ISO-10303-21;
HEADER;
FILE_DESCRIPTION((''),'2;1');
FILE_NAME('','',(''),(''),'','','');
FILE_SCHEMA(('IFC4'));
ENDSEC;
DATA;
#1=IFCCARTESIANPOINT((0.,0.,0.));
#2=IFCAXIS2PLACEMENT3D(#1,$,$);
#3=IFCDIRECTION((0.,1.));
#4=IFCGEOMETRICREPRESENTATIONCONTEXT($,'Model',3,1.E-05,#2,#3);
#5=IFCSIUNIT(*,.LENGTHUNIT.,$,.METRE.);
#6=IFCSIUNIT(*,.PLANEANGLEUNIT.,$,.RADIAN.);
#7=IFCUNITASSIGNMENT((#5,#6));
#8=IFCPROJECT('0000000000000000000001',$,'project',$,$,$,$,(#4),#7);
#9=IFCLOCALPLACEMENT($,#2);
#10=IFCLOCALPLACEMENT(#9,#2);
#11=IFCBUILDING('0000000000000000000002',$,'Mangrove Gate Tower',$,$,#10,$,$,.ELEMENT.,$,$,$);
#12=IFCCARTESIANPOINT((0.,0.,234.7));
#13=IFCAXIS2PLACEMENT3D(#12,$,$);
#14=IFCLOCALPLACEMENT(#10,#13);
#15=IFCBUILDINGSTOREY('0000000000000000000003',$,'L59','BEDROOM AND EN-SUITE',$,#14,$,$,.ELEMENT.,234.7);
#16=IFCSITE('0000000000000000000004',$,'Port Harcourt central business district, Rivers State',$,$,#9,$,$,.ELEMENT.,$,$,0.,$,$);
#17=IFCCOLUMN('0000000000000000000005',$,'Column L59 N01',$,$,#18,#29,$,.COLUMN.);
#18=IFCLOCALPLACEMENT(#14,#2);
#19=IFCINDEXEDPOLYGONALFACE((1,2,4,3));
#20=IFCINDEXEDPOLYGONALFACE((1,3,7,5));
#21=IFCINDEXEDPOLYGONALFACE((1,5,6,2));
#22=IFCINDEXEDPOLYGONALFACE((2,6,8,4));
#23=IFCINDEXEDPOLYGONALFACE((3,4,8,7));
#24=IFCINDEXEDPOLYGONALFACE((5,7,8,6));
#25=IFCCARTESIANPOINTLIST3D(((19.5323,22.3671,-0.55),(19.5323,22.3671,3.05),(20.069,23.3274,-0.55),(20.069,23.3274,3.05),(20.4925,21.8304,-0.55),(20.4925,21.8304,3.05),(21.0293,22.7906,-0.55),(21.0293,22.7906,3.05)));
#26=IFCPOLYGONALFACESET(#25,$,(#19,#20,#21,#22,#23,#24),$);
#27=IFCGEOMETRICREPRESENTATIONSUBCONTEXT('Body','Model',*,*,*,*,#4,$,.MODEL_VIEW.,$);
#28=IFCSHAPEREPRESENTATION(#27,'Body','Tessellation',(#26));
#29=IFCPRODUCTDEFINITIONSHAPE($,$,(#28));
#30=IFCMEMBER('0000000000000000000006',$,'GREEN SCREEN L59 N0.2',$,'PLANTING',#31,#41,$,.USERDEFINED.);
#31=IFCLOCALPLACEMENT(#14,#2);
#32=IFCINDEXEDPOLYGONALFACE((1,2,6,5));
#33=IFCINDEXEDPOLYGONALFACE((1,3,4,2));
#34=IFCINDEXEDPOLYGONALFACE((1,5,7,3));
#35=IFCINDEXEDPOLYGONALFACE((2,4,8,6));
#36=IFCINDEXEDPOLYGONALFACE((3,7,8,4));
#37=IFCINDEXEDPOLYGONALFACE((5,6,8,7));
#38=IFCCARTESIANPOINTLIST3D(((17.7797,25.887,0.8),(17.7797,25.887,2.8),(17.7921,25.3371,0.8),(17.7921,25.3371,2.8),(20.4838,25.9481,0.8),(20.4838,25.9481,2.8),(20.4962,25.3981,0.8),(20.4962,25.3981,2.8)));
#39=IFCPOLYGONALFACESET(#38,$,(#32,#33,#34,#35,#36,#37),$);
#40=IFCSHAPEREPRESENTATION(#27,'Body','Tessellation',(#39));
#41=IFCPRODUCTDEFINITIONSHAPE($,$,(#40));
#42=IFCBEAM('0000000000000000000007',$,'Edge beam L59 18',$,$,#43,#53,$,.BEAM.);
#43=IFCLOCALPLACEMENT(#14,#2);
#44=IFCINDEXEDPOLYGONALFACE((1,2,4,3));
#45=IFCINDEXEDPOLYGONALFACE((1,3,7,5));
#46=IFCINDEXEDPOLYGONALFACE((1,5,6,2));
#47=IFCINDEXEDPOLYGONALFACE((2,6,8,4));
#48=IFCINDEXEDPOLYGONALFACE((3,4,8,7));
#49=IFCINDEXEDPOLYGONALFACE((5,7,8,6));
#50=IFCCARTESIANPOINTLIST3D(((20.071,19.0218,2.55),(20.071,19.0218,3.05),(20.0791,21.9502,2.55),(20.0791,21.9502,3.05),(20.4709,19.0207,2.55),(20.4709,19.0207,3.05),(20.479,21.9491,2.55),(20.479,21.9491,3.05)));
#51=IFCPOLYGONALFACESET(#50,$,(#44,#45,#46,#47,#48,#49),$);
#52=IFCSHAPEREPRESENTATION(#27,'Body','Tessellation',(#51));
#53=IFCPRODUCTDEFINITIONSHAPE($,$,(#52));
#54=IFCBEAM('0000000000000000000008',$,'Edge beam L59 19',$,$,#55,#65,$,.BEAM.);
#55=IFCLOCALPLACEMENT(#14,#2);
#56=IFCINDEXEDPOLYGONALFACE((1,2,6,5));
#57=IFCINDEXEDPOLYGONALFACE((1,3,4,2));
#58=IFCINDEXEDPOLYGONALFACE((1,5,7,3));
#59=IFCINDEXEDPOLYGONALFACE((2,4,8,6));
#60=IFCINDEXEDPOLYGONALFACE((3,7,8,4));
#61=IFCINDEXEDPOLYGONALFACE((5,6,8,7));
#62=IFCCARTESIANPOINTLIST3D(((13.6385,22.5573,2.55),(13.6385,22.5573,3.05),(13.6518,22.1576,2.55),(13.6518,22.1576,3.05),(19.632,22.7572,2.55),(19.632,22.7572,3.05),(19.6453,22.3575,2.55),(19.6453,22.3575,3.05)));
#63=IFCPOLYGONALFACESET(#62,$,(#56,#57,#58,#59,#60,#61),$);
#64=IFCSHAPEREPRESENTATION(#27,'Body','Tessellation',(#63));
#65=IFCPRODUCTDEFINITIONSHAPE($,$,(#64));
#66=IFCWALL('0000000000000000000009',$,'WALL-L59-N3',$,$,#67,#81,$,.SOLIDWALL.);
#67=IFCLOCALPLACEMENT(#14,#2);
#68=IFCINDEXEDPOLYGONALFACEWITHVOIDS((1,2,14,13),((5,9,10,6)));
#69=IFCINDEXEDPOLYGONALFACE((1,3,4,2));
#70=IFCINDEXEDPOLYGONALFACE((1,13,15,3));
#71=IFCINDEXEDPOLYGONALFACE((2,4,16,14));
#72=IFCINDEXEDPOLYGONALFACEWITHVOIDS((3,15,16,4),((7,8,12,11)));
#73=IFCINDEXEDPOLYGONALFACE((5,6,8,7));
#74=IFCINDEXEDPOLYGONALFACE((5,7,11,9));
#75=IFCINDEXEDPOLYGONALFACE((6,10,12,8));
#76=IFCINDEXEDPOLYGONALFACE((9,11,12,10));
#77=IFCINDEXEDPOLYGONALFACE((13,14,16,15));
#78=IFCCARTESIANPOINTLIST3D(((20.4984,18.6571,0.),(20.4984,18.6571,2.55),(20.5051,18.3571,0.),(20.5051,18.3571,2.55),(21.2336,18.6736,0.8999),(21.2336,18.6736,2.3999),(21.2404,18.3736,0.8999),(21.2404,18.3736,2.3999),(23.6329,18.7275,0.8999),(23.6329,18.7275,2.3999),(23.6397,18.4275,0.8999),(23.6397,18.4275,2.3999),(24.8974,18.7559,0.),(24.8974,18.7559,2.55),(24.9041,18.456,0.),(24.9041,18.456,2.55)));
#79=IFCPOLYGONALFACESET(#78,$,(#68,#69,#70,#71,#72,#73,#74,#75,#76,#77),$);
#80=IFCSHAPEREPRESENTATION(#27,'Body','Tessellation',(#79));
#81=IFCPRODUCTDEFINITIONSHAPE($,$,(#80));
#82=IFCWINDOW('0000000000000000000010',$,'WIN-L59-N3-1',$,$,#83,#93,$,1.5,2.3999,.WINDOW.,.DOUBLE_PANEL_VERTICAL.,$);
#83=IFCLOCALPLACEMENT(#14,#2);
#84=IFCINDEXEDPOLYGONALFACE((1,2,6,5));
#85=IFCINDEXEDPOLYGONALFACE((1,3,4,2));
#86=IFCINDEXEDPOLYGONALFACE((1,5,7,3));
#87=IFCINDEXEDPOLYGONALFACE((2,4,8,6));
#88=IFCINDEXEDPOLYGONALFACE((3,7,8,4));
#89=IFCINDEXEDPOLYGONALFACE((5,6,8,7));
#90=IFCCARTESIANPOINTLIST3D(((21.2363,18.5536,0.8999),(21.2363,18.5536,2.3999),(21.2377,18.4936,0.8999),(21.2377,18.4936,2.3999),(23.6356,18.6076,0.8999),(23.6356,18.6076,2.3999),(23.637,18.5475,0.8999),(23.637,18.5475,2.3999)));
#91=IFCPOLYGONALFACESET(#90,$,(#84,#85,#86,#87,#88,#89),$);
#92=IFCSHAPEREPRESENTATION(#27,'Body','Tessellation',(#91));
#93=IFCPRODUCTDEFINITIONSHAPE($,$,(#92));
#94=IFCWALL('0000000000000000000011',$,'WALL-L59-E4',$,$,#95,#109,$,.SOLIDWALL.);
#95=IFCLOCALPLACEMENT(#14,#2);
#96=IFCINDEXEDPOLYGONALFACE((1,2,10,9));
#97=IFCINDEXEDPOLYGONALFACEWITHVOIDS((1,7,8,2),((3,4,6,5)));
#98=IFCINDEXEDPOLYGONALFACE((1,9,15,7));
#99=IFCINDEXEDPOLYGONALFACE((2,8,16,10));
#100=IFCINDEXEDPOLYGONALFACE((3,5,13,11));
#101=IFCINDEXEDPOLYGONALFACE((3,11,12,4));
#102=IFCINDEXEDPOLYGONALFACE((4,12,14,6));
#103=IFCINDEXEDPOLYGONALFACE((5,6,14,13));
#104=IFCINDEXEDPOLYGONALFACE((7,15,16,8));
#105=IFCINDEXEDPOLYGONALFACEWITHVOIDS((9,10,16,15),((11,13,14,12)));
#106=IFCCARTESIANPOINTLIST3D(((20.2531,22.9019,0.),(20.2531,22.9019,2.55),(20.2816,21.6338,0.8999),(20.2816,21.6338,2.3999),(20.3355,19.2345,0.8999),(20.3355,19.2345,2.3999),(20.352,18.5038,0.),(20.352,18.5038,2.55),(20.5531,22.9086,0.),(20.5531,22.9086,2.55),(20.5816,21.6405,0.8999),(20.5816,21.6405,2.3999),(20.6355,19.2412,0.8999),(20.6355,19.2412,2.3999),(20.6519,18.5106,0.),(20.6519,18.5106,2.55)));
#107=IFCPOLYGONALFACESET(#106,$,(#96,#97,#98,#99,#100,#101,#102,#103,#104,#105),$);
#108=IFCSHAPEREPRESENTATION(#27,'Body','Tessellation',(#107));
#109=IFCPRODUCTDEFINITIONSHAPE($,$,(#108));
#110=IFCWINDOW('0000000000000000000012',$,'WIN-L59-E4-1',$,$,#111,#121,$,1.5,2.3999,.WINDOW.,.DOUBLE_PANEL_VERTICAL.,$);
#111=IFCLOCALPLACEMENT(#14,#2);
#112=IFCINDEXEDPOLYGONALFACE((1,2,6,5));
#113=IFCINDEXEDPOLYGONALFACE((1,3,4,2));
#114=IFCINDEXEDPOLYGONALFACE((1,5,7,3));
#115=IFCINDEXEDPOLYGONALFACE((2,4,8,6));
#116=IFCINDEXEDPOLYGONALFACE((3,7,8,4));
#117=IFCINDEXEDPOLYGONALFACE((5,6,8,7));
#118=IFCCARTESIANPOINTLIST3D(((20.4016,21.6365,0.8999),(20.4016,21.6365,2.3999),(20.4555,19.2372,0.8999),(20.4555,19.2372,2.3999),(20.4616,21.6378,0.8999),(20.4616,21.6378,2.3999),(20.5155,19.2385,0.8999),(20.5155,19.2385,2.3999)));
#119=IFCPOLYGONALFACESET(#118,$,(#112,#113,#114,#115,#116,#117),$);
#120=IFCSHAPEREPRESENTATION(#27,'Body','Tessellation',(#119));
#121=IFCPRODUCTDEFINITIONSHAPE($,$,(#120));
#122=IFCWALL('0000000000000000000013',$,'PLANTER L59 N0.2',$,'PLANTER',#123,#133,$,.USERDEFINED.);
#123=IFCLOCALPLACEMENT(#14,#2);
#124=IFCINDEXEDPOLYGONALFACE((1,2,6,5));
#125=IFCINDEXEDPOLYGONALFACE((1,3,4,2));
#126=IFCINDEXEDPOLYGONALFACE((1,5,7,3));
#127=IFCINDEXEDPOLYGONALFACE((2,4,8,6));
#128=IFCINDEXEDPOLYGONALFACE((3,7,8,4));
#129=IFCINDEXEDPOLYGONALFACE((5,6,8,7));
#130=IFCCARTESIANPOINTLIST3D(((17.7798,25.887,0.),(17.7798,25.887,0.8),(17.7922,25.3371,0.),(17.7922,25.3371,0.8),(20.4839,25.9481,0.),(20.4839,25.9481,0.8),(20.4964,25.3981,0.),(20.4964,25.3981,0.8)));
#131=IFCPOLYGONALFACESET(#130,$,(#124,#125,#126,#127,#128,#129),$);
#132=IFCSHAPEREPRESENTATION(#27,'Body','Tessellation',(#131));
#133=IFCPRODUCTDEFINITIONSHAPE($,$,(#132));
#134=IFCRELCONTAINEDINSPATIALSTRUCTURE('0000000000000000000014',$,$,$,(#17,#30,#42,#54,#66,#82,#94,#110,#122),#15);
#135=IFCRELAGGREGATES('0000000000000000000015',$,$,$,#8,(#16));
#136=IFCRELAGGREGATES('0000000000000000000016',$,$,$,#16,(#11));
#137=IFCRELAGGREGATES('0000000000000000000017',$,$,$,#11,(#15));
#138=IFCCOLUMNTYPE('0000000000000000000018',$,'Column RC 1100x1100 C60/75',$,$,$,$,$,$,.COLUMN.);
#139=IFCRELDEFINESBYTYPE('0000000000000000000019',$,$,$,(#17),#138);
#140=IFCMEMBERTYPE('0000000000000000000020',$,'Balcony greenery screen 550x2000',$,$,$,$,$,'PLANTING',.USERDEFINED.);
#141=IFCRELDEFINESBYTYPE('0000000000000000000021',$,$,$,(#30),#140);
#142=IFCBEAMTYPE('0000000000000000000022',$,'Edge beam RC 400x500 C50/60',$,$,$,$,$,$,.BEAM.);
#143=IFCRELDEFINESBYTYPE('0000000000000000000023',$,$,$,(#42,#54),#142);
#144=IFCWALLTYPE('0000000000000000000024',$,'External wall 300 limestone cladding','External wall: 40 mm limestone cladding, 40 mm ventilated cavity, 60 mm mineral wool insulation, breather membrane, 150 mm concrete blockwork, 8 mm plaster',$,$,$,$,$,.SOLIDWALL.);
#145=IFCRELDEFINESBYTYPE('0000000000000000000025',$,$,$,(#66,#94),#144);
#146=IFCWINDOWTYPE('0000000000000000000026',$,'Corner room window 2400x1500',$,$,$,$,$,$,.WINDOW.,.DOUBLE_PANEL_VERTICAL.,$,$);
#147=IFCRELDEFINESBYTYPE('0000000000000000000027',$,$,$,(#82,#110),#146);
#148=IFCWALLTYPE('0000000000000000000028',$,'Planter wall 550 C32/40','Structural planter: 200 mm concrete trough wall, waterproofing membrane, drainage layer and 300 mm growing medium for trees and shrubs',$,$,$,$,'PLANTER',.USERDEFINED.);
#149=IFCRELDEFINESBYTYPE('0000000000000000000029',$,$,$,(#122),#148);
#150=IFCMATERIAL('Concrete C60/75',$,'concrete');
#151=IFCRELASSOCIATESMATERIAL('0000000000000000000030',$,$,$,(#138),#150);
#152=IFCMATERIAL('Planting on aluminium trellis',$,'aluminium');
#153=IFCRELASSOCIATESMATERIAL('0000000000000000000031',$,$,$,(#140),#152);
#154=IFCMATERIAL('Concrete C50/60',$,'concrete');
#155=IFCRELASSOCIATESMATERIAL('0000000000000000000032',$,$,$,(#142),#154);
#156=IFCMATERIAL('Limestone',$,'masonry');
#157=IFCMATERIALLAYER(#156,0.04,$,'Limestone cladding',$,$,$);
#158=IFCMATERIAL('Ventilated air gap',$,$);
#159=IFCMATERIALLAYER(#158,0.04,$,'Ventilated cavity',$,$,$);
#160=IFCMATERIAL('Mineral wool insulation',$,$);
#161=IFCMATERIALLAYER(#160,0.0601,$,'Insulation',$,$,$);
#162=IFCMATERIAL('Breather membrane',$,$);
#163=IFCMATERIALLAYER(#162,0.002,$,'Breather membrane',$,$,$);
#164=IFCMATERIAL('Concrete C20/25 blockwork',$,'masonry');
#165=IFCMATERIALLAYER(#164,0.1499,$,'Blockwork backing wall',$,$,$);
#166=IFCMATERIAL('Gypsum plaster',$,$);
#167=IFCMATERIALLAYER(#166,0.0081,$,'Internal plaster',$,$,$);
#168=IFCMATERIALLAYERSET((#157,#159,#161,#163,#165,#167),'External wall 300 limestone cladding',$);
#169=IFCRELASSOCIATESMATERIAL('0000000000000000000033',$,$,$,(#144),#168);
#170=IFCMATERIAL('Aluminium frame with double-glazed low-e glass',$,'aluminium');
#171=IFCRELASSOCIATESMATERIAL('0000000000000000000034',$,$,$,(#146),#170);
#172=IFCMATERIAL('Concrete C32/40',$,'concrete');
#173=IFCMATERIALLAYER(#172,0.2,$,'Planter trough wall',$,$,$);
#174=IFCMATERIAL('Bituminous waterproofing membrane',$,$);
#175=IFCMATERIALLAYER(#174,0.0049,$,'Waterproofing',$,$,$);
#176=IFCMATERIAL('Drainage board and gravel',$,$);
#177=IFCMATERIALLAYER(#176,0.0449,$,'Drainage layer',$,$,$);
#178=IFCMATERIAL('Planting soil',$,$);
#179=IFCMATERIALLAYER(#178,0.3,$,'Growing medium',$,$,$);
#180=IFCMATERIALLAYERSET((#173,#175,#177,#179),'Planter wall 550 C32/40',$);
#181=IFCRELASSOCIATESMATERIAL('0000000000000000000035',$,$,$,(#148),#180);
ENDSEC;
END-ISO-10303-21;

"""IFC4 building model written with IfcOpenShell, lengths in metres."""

from ifc_helpers import new_model, si_unit, direction, frame, frame_2d, origin, origin_2d, place, context, subcontext, project, spatial, rectangle, extrude, material, layer, layer_set, material_profile, profile_set, type_object, element, fill, save


model = new_model("IFC4")

# Units and contexts
model_context = context("Model", 3, precision=1e-05, world=origin(), true_north=direction((0.0, 1.0)))
body_context = subcontext(model_context, "Body", "Model", "MODEL_VIEW")
ifc_project = project(units=[si_unit("LENGTHUNIT", "METRE"), si_unit("PLANEANGLEUNIT", "RADIAN")], contexts=[model_context])

# Site, building, storey
site_placement = place(None, origin())
site = spatial("IfcSite", under=ifc_project, at=site_placement, Name="Port Harcourt central business district, Rivers State", CompositionType="ELEMENT", RefElevation=0.0)
building_placement = place(site_placement, origin())
building = spatial("IfcBuilding", under=site, at=building_placement, Name="Mangrove Gate Tower", CompositionType="ELEMENT")
storey_placement = place(building_placement, frame((0.0, 0.0, 234.7)))
storey = spatial("IfcBuildingStorey", under=building, at=storey_placement, Name="L59", Description="BEDROOM AND EN-SUITE", CompositionType="ELEMENT", Elevation=234.7)

# Column
ifc_material_1 = material(Name="Concrete C60/75", Category="concrete")
ifc_material_profile_1 = material_profile(ifc_material_1, rectangle(XDim=1.1001, YDim=1.1001, at=origin_2d()))
ifc_profile_set_1 = profile_set([ifc_material_profile_1], Name="Concrete C60/75")
column_type = type_object("IfcColumnType", Name="Column RC 1100x1100 C60/75", PredefinedType="COLUMN", material=ifc_profile_set_1)
column_placement = place(storey_placement, frame((20.2808, 22.5789, -0.55), z_axis=(0.0, 0.0, 1.0), x_axis=(-0.872897, 0.487904, 0.0)))
element("IfcColumn", 1, at=column_placement, inside=storey, type_object=column_type, Name="Column L59 N01", PredefinedType="COLUMN", context=body_context, shape_type="SweptSolid", body=[
    extrude(rectangle(XDim=1.1001, YDim=1.1001, at=origin_2d()), origin(), (0.0, 0.0, 1.0), 3.6001),
])

# Member
ifc_material_2 = material(Name="Planting on aluminium trellis", Category="aluminium")
ifc_material_profile_2 = material_profile(ifc_material_2, rectangle(XDim=0.55, YDim=2.0, at=origin_2d()))
ifc_profile_set_2 = profile_set([ifc_material_profile_2], Name="Planting on aluminium trellis")
member_type = type_object("IfcMemberType", Name="Balcony greenery screen 550x2000", ElementType="PLANTING", PredefinedType="USERDEFINED", material=ifc_profile_set_2)
member_placement = place(storey_placement, frame((17.7859, 25.6121, 1.8), z_axis=(0.999745, 0.022566, 0.0), x_axis=(-0.022566, 0.999745, 0.0)))
element("IfcMember", 2, at=member_placement, inside=storey, type_object=member_type, Name="GREEN SCREEN L59 N0.2", ObjectType="PLANTING", PredefinedType="USERDEFINED", context=body_context, shape_type="SweptSolid", body=[
    extrude(rectangle(XDim=0.55, YDim=2.0, at=origin_2d()), origin(), (0.0, 0.0, 1.0), 2.7048),
])

# Beams
ifc_material_3 = material(Name="Concrete C50/60", Category="concrete")
ifc_material_profile_3 = material_profile(ifc_material_3, rectangle(XDim=0.3999, YDim=0.5, at=origin_2d()))
ifc_profile_set_3 = profile_set([ifc_material_profile_3], Name="Concrete C50/60")
beam_type = type_object("IfcBeamType", Name="Edge beam RC 400x500 C50/60", PredefinedType="BEAM", material=ifc_profile_set_3)
beam_1_placement = place(storey_placement, frame((20.271, 19.0212, 2.8), z_axis=(0.002751, 0.999996, 0.0), x_axis=(-0.999996, 0.002751, 0.0)))
element("IfcBeam", 3, at=beam_1_placement, inside=storey, type_object=beam_type, Name="Edge beam L59 18", PredefinedType="BEAM", context=body_context, shape_type="SweptSolid", body=[
    extrude(rectangle(XDim=0.3999, YDim=0.5, at=origin_2d()), origin(), (0.0, 0.0, 1.0), 2.9285),
])
beam_2_placement = place(storey_placement, frame((19.6387, 22.5574, 2.8), z_axis=(-0.999444, -0.033343, 0.0), x_axis=(0.033343, -0.999444, 0.0)))
element("IfcBeam", 4, at=beam_2_placement, inside=storey, type_object=beam_type, Name="Edge beam L59 19", PredefinedType="BEAM", context=body_context, shape_type="SweptSolid", body=[
    extrude(rectangle(XDim=0.3999, YDim=0.5, at=origin_2d()), origin(), (0.0, 0.0, 1.0), 5.9968),
])

# Walls, openings, windows
ifc_material_4 = material(Name="Limestone", Category="masonry")
ifc_layer_1 = layer(ifc_material_4, 0.04, Name="Limestone cladding")
ifc_material_5 = material(Name="Ventilated air gap")
ifc_layer_2 = layer(ifc_material_5, 0.04, Name="Ventilated cavity")
ifc_material_6 = material(Name="Mineral wool insulation")
ifc_layer_3 = layer(ifc_material_6, 0.0601, Name="Insulation")
ifc_material_7 = material(Name="Breather membrane")
ifc_layer_4 = layer(ifc_material_7, 0.002, Name="Breather membrane")
ifc_material_8 = material(Name="Concrete C20/25 blockwork", Category="masonry")
ifc_layer_5 = layer(ifc_material_8, 0.1499, Name="Blockwork backing wall")
ifc_material_9 = material(Name="Gypsum plaster")
ifc_layer_6 = layer(ifc_material_9, 0.0081, Name="Internal plaster")
ifc_layer_set_1 = layer_set([ifc_layer_1, ifc_layer_2, ifc_layer_3, ifc_layer_4, ifc_layer_5, ifc_layer_6], Name="External wall 300 limestone cladding")
wall_type_1 = type_object("IfcWallType", Name="External wall 300 limestone cladding", Description="External wall: 40 mm limestone cladding, 40 mm ventilated cavity, 60 mm mineral wool insulation, breather membrane, 150 mm concrete blockwork, 8 mm plaster", PredefinedType="SOLIDWALL", material=ifc_layer_set_1)
wall_1_placement = place(storey_placement, frame((24.9009, 18.606, 0.0), z_axis=(0.0, 0.0, 1.0), x_axis=(-0.999747, -0.022472, 0.0)))
wall_1 = element("IfcWall", 5, at=wall_1_placement, inside=storey, type_object=wall_type_1, Name="WALL-L59-N3", PredefinedType="SOLIDWALL", context=body_context, shape_type="SweptSolid", body=[
    extrude(rectangle(XDim=4.4001, YDim=0.3, at=frame_2d((2.2002, 0.0))), origin(), (0.0, 0.0, 1.0), 2.55),
])
opening_1_placement = place(wall_1_placement, frame((1.2649, 0.0, 0.8999)))
opening_1 = element("IfcOpeningElement", 6, at=opening_1_placement, cuts=wall_1, PredefinedType="OPENING", context=body_context, shape_type="SweptSolid", body=[
    extrude(rectangle(XDim=2.3999, YDim=1.5, at=frame_2d((1.2, 0.75))), frame((0.0, 0.1599, 0.0), z_axis=(0.0, -1.0, 0.0), x_axis=(1.0, 0.0, 0.0)), (0.0, 0.0, 1.0), 0.3201),
])
ifc_material_10 = material(Name="Aluminium frame with double-glazed low-e glass", Category="aluminium")
window_type = type_object("IfcWindowType", Name="Corner room window 2400x1500", PartitioningType="DOUBLE_PANEL_VERTICAL", PredefinedType="WINDOW", material=ifc_material_10)
window_1_placement = place(opening_1_placement, origin())
window_1 = element("IfcWindow", 7, at=window_1_placement, inside=storey, type_object=window_type, Name="WIN-L59-N3-1", OverallHeight=1.5, OverallWidth=2.3999, PartitioningType="DOUBLE_PANEL_VERTICAL", PredefinedType="WINDOW", context=body_context, shape_type="SweptSolid", body=[
    extrude(rectangle(XDim=2.3999, YDim=1.5, at=frame_2d((1.2, 0.75))), frame((0.0, 0.03, 0.0), z_axis=(0.0, -1.0, 0.0), x_axis=(1.0, 0.0, 0.0)), (0.0, 0.0, 1.0), 0.0601),
])
fill(opening_1, window_1)
wall_2_placement = place(storey_placement, frame((20.502, 18.5071, 0.0), z_axis=(0.0, 0.0, 1.0), x_axis=(-0.022477, 0.999747, 0.0)))
wall_2 = element("IfcWall", 8, at=wall_2_placement, inside=storey, type_object=wall_type_1, Name="WALL-L59-E4", PredefinedType="SOLIDWALL", context=body_context, shape_type="SweptSolid", body=[
    extrude(rectangle(XDim=4.3992, YDim=0.3, at=frame_2d((2.1997, 0.0))), origin(), (0.0, 0.0, 1.0), 2.55),
])
opening_2_placement = place(wall_2_placement, frame((0.731, 0.0, 0.8999)))
opening_2 = element("IfcOpeningElement", 9, at=opening_2_placement, cuts=wall_2, PredefinedType="OPENING", context=body_context, shape_type="SweptSolid", body=[
    extrude(rectangle(XDim=2.3999, YDim=1.5, at=frame_2d((1.2, 0.75))), frame((0.0, 0.1599, 0.0), z_axis=(0.0, -1.0, 0.0), x_axis=(1.0, 0.0, 0.0)), (0.0, 0.0, 1.0), 0.3201),
])
window_2_placement = place(opening_2_placement, origin())
window_2 = element("IfcWindow", 10, at=window_2_placement, inside=storey, type_object=window_type, Name="WIN-L59-E4-1", OverallHeight=1.5, OverallWidth=2.3999, PartitioningType="DOUBLE_PANEL_VERTICAL", PredefinedType="WINDOW", context=body_context, shape_type="SweptSolid", body=[
    extrude(rectangle(XDim=2.3999, YDim=1.5, at=frame_2d((1.2, 0.75))), frame((0.0, 0.03, 0.0), z_axis=(0.0, -1.0, 0.0), x_axis=(1.0, 0.0, 0.0)), (0.0, 0.0, 1.0), 0.0601),
])
fill(opening_2, window_2)

# Wall
ifc_material_11 = material(Name="Concrete C32/40", Category="concrete")
ifc_layer_7 = layer(ifc_material_11, 0.2, Name="Planter trough wall")
ifc_material_12 = material(Name="Bituminous waterproofing membrane")
ifc_layer_8 = layer(ifc_material_12, 0.0049, Name="Waterproofing")
ifc_material_13 = material(Name="Drainage board and gravel")
ifc_layer_9 = layer(ifc_material_13, 0.0449, Name="Drainage layer")
ifc_material_14 = material(Name="Planting soil")
ifc_layer_10 = layer(ifc_material_14, 0.3, Name="Growing medium")
ifc_layer_set_2 = layer_set([ifc_layer_7, ifc_layer_8, ifc_layer_9, ifc_layer_10], Name="Planter wall 550 C32/40")
wall_type_2 = type_object("IfcWallType", Name="Planter wall 550 C32/40", Description="Structural planter: 200 mm concrete trough wall, waterproofing membrane, drainage layer and 300 mm growing medium for trees and shrubs", ElementType="PLANTER", PredefinedType="USERDEFINED", material=ifc_layer_set_2)
wall_3_placement = place(storey_placement, frame((17.7859, 25.6121, 0.0), z_axis=(0.0, 0.0, 1.0), x_axis=(0.999745, 0.022566, 0.0)))
element("IfcWall", 11, at=wall_3_placement, inside=storey, type_object=wall_type_2, Name="PLANTER L59 N0.2", ObjectType="PLANTER", PredefinedType="USERDEFINED", context=body_context, shape_type="SweptSolid", body=[
    extrude(rectangle(XDim=2.7048, YDim=0.55, at=frame_2d((1.3525, 0.0))), origin(), (0.0, 0.0, 1.0), 0.8),
])

save(model, "model.ifc")
